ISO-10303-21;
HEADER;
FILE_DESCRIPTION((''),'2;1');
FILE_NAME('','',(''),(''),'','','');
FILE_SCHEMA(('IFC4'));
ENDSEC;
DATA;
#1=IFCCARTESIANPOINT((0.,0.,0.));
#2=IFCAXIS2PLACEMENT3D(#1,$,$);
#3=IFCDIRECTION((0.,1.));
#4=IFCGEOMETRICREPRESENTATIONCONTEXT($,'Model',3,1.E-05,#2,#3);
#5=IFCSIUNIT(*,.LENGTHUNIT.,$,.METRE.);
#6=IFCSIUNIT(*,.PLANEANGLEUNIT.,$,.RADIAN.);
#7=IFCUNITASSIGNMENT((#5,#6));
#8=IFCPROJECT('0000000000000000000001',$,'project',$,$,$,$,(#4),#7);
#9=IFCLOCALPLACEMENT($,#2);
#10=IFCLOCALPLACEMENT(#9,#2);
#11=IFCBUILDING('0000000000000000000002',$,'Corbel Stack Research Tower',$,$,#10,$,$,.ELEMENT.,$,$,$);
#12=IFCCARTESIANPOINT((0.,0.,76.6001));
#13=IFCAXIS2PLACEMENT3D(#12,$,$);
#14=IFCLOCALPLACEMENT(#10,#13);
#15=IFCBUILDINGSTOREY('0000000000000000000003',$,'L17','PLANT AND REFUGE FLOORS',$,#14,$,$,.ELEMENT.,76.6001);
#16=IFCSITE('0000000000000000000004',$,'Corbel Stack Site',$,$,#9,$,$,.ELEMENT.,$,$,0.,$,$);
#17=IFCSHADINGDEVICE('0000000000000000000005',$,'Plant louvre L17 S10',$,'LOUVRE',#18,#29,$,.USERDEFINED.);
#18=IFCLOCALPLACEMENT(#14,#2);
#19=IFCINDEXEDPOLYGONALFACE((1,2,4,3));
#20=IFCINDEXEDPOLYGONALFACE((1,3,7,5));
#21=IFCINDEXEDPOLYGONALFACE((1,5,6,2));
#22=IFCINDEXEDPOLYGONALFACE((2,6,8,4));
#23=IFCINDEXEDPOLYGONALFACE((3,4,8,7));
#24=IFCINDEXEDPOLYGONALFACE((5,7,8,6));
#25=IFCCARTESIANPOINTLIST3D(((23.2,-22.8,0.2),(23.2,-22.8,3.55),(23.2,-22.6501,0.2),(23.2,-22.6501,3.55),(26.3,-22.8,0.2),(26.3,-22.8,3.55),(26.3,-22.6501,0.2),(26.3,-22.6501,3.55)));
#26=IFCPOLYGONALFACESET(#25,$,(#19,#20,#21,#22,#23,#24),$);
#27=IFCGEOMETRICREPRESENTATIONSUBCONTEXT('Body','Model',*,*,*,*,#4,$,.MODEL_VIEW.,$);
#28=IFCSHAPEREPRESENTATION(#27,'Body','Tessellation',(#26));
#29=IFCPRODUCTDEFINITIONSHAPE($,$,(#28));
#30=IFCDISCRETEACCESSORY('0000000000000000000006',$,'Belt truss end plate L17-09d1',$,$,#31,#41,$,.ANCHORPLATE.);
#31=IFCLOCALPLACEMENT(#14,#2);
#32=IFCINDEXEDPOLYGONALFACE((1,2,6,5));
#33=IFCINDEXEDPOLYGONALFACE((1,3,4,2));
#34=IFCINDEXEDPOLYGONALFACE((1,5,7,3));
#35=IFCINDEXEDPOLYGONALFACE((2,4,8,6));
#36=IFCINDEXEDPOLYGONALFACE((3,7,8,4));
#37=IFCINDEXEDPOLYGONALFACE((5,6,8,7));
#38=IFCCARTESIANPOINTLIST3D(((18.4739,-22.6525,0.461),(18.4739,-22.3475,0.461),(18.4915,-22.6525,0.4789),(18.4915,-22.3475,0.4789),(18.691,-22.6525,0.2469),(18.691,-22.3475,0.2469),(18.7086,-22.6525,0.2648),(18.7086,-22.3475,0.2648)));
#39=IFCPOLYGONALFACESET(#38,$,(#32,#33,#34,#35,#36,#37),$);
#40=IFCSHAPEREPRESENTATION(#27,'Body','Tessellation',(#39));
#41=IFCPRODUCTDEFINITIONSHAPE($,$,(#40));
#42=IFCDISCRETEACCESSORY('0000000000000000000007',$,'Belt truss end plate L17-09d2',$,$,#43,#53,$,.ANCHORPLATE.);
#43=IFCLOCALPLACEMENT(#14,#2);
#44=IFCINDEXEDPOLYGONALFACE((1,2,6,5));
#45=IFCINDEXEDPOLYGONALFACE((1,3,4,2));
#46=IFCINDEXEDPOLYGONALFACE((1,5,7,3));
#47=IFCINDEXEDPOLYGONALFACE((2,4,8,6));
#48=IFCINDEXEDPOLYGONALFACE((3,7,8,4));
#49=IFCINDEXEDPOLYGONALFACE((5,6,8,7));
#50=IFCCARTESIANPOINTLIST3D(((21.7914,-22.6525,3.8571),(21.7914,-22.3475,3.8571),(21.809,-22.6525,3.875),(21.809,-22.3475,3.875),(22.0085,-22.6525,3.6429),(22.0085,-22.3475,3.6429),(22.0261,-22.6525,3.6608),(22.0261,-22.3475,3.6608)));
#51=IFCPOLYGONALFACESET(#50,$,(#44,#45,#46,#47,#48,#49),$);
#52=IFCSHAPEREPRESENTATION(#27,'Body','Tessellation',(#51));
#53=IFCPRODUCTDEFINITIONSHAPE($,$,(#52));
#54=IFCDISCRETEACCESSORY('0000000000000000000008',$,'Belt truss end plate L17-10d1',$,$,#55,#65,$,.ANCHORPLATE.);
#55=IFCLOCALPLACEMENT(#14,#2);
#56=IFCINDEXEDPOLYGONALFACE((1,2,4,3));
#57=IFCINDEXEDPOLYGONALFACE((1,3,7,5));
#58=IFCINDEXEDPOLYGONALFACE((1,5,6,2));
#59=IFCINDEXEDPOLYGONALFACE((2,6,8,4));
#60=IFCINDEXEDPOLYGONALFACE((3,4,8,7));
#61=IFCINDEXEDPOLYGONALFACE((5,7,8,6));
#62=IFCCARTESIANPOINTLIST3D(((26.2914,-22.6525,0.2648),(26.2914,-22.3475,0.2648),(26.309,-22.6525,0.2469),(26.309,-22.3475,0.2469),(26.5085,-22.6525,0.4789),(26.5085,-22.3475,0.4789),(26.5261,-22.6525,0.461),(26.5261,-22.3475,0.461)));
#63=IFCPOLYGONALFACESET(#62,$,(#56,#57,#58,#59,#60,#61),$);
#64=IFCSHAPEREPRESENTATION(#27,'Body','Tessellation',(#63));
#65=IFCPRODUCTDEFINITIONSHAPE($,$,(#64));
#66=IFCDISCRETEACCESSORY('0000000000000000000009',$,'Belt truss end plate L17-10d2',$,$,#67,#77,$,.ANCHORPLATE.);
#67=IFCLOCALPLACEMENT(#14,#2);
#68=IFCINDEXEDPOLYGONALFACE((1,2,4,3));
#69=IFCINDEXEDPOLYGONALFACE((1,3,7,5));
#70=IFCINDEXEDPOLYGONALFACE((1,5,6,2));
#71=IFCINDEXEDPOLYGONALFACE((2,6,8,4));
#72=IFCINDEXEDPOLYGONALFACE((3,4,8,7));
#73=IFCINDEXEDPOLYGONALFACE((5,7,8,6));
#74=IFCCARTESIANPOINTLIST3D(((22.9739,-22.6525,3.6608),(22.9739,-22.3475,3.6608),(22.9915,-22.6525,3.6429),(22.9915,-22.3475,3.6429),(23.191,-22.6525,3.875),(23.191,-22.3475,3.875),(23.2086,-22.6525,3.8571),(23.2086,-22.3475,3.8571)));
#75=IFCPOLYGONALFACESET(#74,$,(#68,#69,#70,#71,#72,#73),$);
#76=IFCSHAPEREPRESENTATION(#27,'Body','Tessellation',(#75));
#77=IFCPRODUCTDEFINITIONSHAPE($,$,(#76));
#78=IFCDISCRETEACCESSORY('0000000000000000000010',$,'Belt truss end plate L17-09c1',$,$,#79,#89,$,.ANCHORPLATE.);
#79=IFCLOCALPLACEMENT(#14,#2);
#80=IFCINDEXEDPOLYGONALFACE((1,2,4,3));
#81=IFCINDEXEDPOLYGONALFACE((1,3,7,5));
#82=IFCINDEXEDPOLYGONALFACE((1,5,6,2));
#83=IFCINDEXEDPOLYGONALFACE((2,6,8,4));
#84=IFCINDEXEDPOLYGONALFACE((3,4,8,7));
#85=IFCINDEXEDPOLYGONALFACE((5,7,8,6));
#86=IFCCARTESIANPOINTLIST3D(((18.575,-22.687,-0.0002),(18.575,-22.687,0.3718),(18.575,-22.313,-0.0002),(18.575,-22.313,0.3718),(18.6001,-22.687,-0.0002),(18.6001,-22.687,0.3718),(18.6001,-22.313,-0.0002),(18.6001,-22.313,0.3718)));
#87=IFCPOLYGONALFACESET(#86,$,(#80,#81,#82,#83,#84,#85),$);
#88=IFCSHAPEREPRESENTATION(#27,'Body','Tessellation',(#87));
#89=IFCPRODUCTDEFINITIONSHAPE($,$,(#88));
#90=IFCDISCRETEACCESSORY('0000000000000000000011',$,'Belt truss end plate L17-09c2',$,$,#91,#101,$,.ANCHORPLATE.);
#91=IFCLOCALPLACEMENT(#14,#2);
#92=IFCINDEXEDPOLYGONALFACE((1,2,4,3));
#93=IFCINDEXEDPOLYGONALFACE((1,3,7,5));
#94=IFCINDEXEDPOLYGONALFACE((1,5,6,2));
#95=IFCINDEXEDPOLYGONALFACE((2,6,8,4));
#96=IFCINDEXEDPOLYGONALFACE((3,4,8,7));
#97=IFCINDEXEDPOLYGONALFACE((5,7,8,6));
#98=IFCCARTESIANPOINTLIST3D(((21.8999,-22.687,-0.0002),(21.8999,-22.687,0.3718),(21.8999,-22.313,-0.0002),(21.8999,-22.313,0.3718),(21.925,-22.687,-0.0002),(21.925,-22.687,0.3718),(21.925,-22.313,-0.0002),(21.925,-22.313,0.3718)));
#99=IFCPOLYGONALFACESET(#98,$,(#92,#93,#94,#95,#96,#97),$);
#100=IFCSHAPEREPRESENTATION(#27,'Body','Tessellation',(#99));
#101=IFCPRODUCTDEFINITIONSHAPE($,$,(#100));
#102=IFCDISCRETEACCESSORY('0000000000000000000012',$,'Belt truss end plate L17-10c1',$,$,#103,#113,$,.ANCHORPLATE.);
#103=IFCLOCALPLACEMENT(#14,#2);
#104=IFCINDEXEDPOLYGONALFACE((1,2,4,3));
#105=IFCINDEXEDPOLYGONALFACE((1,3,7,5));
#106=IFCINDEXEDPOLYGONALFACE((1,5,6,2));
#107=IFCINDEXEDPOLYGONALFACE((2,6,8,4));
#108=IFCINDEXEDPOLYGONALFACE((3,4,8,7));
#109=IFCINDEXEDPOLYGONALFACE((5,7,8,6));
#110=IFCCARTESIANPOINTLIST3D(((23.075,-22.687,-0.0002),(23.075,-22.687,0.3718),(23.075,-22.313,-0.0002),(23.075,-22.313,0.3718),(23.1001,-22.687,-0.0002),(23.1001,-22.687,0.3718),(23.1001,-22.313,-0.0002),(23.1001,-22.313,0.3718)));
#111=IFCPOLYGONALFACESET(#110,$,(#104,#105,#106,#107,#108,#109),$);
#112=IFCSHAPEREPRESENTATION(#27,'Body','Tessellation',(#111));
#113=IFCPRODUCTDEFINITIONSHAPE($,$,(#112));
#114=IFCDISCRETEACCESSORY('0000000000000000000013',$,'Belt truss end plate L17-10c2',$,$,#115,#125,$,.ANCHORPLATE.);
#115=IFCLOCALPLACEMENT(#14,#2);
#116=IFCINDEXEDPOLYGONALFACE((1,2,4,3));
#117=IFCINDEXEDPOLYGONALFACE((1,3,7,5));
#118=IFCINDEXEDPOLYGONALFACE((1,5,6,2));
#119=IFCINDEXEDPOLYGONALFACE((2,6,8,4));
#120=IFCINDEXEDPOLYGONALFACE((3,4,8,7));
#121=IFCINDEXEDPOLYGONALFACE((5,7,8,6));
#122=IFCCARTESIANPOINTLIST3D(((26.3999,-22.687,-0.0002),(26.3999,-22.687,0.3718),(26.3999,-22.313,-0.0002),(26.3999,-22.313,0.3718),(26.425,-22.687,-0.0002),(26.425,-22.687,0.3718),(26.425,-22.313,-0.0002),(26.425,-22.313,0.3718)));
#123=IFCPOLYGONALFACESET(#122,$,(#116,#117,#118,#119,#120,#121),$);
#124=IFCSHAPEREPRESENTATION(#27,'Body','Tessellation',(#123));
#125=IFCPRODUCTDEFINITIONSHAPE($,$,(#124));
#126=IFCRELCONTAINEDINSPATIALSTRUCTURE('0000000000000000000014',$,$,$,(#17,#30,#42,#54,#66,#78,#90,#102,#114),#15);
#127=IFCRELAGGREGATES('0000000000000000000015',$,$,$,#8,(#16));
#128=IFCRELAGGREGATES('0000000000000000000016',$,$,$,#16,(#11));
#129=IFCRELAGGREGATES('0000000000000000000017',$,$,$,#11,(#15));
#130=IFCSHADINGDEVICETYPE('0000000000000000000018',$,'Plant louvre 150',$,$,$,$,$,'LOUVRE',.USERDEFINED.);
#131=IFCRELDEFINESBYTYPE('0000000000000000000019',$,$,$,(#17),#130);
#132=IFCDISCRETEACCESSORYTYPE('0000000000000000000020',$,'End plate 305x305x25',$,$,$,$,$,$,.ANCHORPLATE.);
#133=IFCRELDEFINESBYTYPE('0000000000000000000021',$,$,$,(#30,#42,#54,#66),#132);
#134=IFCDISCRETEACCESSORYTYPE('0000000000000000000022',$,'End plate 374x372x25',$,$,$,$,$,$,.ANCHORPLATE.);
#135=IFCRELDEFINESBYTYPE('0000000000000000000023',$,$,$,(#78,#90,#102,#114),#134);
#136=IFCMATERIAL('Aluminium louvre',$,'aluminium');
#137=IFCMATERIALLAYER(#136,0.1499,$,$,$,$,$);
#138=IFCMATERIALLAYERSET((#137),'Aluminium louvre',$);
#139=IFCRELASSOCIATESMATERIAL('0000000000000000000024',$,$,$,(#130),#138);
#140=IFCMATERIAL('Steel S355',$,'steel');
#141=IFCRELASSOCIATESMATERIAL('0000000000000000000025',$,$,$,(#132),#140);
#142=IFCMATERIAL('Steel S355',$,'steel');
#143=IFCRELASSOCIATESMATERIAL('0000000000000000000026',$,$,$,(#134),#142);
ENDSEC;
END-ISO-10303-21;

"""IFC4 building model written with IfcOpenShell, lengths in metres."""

from ifc_helpers import new_model, si_unit, direction, frame, origin, origin_2d, place, context, subcontext, project, spatial, rectangle, extrude, material, layer, layer_set, material_profile, profile_set, type_object, element, save


model = new_model("IFC4")

# Units and contexts
model_context = context("Model", 3, precision=1e-05, world=origin(), true_north=direction((0.0, 1.0)))
body_context = subcontext(model_context, "Body", "Model", "MODEL_VIEW")
ifc_project = project(units=[si_unit("LENGTHUNIT", "METRE"), si_unit("PLANEANGLEUNIT", "RADIAN")], contexts=[model_context])

# Site, building, storey
site_placement = place(None, origin())
site = spatial("IfcSite", under=ifc_project, at=site_placement, Name="Corbel Stack Site", CompositionType="ELEMENT", RefElevation=0.0)
building_placement = place(site_placement, origin())
building = spatial("IfcBuilding", under=site, at=building_placement, Name="Corbel Stack Research Tower", CompositionType="ELEMENT")
storey_placement = place(building_placement, frame((0.0, 0.0, 76.6001)))
storey = spatial("IfcBuildingStorey", under=building, at=storey_placement, Name="L17", Description="PLANT AND REFUGE FLOORS", CompositionType="ELEMENT", Elevation=76.6001)

# Shading device
ifc_material_1 = material(Name="Aluminium louvre", Category="aluminium")
ifc_layer_1 = layer(ifc_material_1, 0.1499)
ifc_layer_set_1 = layer_set([ifc_layer_1], Name="Aluminium louvre")
shading_device_type = type_object("IfcShadingDeviceType", Name="Plant louvre 150", ElementType="LOUVRE", PredefinedType="USERDEFINED", material=ifc_layer_set_1)
for number, where, z_axis, x_axis, name in (
    (1, (24.75, -22.7251, 0.2), (0.0, 0.0, 1.0), (1.0, 0.0, 0.0), "Plant louvre L17 S10"),
):
    element("IfcShadingDevice", number, at=place(storey_placement, frame(where, z_axis=z_axis, x_axis=x_axis)), inside=storey, type_object=shading_device_type, Name=name, ObjectType="LOUVRE", PredefinedType="USERDEFINED", context=body_context, shape_type="SweptSolid", body=[
        extrude(rectangle(XDim=3.1001, YDim=0.1499, at=origin_2d()), origin(), (0.0, 0.0, 1.0), 3.3501),
    ])

# Discrete accessories
ifc_material_2 = material(Name="Steel S355", Category="steel")
ifc_material_profile_1 = material_profile(ifc_material_2, rectangle(XDim=0.3049, YDim=0.3049, at=origin_2d()), Name="End plate 305x305x25")
ifc_profile_set_1 = profile_set([ifc_material_profile_1], Name="Steel S355")
discrete_accessory_type_1 = type_object("IfcDiscreteAccessoryType", Name="End plate 305x305x25", PredefinedType="ANCHORPLATE", material=ifc_profile_set_1)
for number, where, z_axis, x_axis, name in (
    (2, (18.6001, -22.5, 0.3718), (-0.702213, 0.0, -0.711966), (0.0, -1.0, 0.0), "Belt truss end plate L17-09d1"),
    (3, (21.8999, -22.5, 3.75), (0.702213, 0.0, 0.711966), (0.0, 1.0, 0.0), "Belt truss end plate L17-09d2"),
    (4, (26.3999, -22.5, 0.3718), (0.702213, 0.0, -0.711966), (0.0, 1.0, 0.0), "Belt truss end plate L17-10d1"),
    (5, (23.1001, -22.5, 3.75), (-0.702213, 0.0, 0.711966), (0.0, -1.0, 0.0), "Belt truss end plate L17-10d2"),
):
    element("IfcDiscreteAccessory", number, at=place(storey_placement, frame(where, z_axis=z_axis, x_axis=x_axis)), inside=storey, type_object=discrete_accessory_type_1, Name=name, PredefinedType="ANCHORPLATE", context=body_context, shape_type="SweptSolid", body=[
        extrude(rectangle(XDim=0.3049, YDim=0.3049, at=origin_2d()), origin(), (0.0, 0.0, 1.0), 0.0251),
    ])
ifc_material_3 = material(Name="Steel S355", Category="steel")
ifc_material_profile_2 = material_profile(ifc_material_3, rectangle(XDim=0.374, YDim=0.3721, at=origin_2d()), Name="End plate 374x372x25")
ifc_profile_set_2 = profile_set([ifc_material_profile_2], Name="Steel S355")
discrete_accessory_type_2 = type_object("IfcDiscreteAccessoryType", Name="End plate 374x372x25", PredefinedType="ANCHORPLATE", material=ifc_profile_set_2)
for number, where, z_axis, x_axis, name in (
    (6, (18.6001, -22.5, 0.1858), (-1.0, 0.0, 0.0), (0.0, -1.0, 0.0), "Belt truss end plate L17-09c1"),
    (7, (21.8999, -22.5, 0.1858), (1.0, 0.0, 0.0), (0.0, 1.0, 0.0), "Belt truss end plate L17-09c2"),
    (8, (23.1001, -22.5, 0.1858), (-1.0, 0.0, 0.0), (0.0, -1.0, 0.0), "Belt truss end plate L17-10c1"),
    (9, (26.3999, -22.5, 0.1858), (1.0, 0.0, 0.0), (0.0, 1.0, 0.0), "Belt truss end plate L17-10c2"),
):
    element("IfcDiscreteAccessory", number, at=place(storey_placement, frame(where, z_axis=z_axis, x_axis=x_axis)), inside=storey, type_object=discrete_accessory_type_2, Name=name, PredefinedType="ANCHORPLATE", context=body_context, shape_type="SweptSolid", body=[
        extrude(rectangle(XDim=0.374, YDim=0.3721, at=origin_2d()), origin(), (0.0, 0.0, 1.0), 0.0251),
    ])

save(model, "model.ifc")
